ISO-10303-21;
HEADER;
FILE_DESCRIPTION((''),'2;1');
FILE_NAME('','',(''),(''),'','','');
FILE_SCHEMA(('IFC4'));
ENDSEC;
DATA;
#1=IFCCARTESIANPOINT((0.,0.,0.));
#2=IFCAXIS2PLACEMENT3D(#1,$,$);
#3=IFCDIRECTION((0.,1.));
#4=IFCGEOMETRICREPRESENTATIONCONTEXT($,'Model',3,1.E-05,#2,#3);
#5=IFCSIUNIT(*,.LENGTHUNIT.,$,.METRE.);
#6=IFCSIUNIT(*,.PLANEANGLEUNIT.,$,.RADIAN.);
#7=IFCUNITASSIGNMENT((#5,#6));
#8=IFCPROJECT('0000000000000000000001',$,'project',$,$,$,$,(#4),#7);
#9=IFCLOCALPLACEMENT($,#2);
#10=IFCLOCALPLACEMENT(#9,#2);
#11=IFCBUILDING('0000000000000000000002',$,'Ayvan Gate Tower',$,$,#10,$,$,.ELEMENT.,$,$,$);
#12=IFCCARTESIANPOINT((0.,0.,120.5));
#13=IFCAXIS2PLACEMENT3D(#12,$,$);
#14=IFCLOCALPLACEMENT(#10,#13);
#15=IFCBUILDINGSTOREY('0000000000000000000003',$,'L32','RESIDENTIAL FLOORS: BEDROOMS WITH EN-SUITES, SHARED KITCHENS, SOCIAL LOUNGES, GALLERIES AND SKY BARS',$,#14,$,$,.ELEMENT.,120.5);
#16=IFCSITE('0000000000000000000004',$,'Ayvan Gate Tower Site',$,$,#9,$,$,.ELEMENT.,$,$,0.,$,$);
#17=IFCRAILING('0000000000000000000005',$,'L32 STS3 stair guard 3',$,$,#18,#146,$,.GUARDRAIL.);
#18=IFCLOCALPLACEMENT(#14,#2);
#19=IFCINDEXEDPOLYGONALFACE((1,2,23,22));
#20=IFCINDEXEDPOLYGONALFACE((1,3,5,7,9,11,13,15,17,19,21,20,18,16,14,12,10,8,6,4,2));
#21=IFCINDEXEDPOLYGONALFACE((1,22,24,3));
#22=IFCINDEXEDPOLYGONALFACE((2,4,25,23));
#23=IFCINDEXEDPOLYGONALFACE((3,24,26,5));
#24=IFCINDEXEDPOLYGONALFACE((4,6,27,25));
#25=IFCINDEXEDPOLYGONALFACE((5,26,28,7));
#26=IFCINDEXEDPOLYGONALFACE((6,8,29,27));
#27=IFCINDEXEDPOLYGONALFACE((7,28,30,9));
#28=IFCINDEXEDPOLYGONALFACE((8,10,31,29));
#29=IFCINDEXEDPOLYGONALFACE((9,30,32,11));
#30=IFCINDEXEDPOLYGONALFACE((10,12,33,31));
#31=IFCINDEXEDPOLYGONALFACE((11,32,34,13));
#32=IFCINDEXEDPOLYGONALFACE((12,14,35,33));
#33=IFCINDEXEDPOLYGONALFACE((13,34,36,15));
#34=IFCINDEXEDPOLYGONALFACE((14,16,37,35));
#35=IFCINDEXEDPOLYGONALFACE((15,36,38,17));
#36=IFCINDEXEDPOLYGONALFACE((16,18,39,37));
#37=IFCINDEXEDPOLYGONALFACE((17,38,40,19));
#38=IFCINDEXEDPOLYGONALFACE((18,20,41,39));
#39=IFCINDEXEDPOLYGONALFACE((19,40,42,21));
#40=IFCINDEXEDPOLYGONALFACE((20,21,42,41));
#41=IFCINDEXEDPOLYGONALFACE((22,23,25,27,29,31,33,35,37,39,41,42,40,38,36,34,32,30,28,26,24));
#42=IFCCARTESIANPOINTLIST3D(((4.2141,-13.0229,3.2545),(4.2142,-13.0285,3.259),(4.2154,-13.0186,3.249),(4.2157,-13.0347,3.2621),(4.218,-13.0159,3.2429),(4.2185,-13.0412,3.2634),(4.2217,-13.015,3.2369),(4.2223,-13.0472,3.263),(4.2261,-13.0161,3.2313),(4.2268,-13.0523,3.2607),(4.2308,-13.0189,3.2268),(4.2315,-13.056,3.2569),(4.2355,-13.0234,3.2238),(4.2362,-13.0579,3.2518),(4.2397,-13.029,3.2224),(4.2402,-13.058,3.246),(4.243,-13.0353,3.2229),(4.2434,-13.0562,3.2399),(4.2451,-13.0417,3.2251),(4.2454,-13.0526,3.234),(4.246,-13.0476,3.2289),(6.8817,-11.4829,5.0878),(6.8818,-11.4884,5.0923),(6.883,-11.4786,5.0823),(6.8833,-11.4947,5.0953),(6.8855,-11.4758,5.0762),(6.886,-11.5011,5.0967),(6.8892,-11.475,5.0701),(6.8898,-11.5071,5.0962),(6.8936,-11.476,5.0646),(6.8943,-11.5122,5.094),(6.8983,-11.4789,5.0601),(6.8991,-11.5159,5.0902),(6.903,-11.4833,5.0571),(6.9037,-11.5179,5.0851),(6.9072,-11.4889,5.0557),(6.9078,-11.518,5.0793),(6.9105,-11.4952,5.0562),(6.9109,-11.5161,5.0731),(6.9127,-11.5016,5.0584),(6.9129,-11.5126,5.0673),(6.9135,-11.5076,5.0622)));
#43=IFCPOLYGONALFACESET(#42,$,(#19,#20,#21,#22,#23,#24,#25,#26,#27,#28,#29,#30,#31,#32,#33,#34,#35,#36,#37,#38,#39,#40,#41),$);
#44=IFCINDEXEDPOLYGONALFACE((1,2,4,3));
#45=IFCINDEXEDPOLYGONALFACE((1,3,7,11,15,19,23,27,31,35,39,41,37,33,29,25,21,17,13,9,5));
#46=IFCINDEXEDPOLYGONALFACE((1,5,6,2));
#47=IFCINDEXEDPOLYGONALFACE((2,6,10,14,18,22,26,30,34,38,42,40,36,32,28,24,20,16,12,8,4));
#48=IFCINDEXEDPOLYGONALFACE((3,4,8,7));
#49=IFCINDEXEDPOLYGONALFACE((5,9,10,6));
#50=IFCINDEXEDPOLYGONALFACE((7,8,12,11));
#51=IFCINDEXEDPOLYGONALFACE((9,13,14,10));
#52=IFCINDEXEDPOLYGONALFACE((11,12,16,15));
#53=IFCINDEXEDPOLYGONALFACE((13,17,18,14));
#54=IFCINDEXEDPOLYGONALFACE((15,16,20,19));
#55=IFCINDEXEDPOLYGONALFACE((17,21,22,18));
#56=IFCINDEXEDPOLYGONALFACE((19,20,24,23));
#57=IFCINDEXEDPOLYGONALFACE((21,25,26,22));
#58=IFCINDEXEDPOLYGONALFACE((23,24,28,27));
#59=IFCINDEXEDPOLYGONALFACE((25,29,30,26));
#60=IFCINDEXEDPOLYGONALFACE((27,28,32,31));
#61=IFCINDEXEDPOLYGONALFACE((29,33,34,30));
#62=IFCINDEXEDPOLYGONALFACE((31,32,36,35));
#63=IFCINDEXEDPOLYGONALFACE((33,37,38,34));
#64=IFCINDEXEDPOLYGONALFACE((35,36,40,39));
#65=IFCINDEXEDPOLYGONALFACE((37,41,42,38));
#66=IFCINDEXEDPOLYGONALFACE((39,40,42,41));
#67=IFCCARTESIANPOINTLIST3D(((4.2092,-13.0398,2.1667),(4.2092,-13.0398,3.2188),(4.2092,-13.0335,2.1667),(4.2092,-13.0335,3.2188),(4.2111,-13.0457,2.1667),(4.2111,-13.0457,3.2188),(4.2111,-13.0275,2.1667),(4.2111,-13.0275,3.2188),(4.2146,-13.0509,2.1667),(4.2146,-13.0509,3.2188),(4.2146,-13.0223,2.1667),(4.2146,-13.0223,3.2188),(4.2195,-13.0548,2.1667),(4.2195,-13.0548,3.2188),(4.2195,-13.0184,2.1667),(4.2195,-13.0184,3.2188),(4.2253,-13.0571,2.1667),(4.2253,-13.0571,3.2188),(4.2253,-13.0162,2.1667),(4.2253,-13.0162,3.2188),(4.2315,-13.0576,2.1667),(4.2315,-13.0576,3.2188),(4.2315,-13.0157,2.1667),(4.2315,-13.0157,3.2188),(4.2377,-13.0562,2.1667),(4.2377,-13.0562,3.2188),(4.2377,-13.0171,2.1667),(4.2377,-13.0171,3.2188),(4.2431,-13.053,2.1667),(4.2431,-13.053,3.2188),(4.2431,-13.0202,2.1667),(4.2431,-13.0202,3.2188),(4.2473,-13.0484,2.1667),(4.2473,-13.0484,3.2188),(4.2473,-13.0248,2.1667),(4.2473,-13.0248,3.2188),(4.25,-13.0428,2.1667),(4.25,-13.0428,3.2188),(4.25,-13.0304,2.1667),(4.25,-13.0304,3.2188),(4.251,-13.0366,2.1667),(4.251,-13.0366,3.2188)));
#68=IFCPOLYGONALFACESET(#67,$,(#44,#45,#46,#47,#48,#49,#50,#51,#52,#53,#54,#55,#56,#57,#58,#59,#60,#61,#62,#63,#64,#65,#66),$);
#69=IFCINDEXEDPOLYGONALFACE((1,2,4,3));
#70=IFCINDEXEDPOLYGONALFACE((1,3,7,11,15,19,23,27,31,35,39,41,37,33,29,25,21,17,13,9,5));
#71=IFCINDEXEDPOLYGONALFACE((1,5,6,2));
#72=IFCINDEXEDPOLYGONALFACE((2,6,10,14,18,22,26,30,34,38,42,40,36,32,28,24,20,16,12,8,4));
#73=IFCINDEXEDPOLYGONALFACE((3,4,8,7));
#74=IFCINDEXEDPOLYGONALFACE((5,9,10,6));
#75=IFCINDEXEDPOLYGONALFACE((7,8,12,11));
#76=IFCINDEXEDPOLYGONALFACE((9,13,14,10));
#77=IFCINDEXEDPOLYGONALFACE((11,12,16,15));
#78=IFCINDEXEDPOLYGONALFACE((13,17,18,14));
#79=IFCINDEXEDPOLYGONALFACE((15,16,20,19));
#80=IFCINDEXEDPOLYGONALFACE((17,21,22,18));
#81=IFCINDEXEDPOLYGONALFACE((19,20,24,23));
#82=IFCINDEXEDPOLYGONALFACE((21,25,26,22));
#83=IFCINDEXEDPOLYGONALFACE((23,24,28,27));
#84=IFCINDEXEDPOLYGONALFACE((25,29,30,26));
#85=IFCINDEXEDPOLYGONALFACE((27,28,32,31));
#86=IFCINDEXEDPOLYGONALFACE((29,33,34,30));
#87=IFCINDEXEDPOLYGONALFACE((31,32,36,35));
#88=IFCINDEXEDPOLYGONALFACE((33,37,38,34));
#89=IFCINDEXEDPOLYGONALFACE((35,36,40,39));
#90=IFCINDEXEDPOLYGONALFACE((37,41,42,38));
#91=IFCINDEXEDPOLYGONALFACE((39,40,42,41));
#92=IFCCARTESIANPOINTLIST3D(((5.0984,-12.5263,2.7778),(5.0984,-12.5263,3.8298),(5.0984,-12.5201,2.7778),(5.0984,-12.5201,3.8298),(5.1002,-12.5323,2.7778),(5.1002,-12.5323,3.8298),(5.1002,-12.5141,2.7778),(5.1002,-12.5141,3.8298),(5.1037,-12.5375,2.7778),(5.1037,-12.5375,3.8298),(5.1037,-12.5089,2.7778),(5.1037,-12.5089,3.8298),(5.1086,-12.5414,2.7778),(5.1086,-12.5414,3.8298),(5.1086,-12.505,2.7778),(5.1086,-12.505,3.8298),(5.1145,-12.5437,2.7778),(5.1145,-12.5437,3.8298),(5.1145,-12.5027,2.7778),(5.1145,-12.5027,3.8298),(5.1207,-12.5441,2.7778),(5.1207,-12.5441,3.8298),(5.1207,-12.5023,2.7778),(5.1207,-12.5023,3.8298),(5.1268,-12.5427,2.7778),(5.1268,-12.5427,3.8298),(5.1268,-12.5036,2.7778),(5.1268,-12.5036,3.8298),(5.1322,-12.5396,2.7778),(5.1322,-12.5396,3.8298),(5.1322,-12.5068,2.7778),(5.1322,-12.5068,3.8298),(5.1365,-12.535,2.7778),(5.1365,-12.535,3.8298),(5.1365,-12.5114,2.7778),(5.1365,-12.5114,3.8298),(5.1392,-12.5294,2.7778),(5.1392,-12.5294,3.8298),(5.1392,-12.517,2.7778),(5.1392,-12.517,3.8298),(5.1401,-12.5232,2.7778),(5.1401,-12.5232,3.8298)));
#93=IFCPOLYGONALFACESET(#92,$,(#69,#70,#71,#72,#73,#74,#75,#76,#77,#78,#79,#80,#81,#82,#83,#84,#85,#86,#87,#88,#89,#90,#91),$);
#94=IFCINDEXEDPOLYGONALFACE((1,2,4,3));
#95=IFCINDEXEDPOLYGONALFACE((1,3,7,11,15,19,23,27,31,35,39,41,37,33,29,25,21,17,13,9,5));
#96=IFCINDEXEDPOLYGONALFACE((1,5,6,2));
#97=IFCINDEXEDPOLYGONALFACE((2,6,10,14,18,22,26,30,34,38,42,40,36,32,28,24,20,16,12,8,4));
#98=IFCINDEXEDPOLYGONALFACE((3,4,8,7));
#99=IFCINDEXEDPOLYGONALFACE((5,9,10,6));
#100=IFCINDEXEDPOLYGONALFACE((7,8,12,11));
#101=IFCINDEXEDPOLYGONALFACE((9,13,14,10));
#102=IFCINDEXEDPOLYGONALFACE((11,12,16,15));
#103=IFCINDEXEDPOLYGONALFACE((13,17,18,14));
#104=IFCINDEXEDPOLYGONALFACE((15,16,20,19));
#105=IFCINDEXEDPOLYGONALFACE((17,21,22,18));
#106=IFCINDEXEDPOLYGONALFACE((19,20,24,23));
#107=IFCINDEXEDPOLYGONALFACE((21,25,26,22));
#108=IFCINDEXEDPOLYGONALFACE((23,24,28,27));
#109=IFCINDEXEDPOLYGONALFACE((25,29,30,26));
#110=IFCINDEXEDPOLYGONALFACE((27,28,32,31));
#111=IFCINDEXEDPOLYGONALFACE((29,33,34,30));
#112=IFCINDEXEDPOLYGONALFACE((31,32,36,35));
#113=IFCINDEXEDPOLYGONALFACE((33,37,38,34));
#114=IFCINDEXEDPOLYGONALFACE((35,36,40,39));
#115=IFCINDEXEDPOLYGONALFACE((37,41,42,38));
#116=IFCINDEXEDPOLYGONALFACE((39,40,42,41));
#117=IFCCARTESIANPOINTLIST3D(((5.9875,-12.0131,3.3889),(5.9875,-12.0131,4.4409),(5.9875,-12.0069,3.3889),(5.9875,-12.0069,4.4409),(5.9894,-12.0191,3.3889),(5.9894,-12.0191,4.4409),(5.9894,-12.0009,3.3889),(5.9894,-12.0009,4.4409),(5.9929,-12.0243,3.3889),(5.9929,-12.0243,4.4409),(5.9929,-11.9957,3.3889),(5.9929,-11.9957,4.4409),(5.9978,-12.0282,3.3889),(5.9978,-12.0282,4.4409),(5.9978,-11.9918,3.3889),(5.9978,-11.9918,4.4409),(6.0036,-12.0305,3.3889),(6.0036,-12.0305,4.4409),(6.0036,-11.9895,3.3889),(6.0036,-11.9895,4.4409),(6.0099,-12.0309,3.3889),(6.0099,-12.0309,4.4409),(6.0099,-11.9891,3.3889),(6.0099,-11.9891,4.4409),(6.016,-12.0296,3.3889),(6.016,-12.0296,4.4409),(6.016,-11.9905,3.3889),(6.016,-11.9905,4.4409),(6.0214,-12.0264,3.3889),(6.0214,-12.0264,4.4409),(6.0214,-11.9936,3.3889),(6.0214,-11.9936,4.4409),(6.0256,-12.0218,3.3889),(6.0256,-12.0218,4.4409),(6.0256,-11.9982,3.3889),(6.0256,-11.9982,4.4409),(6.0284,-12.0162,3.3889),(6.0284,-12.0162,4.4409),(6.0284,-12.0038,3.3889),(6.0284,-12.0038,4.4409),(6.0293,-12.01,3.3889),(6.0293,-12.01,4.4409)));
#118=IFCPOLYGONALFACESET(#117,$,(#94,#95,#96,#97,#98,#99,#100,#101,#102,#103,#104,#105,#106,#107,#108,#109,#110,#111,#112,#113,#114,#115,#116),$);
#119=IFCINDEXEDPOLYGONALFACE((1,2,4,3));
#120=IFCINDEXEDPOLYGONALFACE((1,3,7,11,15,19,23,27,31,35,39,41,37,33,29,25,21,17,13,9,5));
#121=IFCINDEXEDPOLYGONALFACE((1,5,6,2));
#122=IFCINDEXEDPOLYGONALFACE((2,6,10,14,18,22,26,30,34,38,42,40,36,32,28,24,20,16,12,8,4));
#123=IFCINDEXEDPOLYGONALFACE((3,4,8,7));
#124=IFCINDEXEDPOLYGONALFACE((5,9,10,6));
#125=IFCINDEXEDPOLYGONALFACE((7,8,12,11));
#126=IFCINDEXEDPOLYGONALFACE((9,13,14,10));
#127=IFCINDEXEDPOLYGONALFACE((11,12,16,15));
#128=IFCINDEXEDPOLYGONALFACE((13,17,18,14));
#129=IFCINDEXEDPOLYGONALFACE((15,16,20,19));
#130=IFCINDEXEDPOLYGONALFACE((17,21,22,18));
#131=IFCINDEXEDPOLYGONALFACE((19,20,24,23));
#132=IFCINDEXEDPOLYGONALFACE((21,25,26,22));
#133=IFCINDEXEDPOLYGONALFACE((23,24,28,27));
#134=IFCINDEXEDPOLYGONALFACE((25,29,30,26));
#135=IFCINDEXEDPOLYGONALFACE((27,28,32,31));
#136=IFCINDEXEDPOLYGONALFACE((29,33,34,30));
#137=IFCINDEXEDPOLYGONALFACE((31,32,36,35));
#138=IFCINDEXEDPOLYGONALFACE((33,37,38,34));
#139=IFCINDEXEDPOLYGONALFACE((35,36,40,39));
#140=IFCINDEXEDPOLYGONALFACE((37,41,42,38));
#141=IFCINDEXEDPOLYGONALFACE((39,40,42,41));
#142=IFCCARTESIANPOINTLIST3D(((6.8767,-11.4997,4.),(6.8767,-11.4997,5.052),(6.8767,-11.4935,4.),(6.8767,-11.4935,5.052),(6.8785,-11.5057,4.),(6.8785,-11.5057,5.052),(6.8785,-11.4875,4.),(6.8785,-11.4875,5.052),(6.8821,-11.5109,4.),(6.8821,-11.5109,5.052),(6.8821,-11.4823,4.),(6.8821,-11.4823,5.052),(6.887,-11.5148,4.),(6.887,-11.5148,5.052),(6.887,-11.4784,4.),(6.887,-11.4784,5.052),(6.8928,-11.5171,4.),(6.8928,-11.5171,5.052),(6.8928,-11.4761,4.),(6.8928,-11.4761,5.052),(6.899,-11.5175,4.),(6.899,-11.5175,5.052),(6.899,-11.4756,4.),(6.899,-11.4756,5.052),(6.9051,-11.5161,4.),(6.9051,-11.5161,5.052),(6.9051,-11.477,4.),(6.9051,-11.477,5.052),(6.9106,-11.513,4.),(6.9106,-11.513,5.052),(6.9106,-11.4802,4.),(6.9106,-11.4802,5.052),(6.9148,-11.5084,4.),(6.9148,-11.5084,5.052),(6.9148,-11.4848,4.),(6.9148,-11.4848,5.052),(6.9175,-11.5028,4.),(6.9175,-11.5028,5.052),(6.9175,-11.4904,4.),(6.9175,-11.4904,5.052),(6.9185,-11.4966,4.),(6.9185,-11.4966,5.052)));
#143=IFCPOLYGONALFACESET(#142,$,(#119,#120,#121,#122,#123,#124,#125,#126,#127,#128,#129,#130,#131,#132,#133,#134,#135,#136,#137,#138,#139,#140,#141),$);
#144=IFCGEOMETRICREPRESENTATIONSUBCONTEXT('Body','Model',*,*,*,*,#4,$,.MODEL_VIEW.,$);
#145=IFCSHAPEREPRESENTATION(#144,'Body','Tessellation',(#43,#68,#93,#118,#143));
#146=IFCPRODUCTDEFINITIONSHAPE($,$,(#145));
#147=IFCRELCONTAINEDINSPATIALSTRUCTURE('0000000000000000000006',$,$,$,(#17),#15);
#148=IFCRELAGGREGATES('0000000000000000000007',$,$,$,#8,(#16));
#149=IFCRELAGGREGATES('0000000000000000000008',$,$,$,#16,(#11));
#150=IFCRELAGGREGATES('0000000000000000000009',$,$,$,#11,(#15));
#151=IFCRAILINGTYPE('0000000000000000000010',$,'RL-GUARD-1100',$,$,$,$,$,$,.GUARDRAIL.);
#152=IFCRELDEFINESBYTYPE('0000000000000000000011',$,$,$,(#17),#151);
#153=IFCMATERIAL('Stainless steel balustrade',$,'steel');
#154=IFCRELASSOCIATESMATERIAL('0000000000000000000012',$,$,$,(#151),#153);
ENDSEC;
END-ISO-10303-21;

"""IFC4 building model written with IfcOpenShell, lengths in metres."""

from ifc_helpers import new_model, si_unit, direction, frame, origin, origin_2d, place, context, subcontext, project, spatial, circle, extrude, material, type_object, element, save


model = new_model("IFC4")

# Units and contexts
model_context = context("Model", 3, precision=1e-05, world=origin(), true_north=direction((0.0, 1.0)))
body_context = subcontext(model_context, "Body", "Model", "MODEL_VIEW")
ifc_project = project(units=[si_unit("LENGTHUNIT", "METRE"), si_unit("PLANEANGLEUNIT", "RADIAN")], contexts=[model_context])

# Site, building, storey
site_placement = place(None, origin())
site = spatial("IfcSite", under=ifc_project, at=site_placement, Name="Ayvan Gate Tower Site", CompositionType="ELEMENT", RefElevation=0.0)
building_placement = place(site_placement, origin())
building = spatial("IfcBuilding", under=site, at=building_placement, Name="Ayvan Gate Tower", CompositionType="ELEMENT")
storey_placement = place(building_placement, frame((0.0, 0.0, 120.5)))
storey = spatial("IfcBuildingStorey", under=building, at=storey_placement, Name="L32", Description="RESIDENTIAL FLOORS: BEDROOMS WITH EN-SUITES, SHARED KITCHENS, SOCIAL LOUNGES, GALLERIES AND SKY BARS", CompositionType="ELEMENT", Elevation=120.5)

# Railing
ifc_material_1 = material(Name="Stainless steel balustrade", Category="steel")
railing_type_1 = type_object("IfcRailingType", Name="RL-GUARD-1100", PredefinedType="GUARDRAIL", material=ifc_material_1)
railing_1_placement = place(storey_placement, frame((4.23, -13.0366, 2.1667)))
element("IfcRailing", 1, at=railing_1_placement, inside=storey, type_object=railing_type_1, Name="L32 STS3 stair guard 3", PredefinedType="GUARDRAIL", context=body_context, shape_type="SweptSolid", body=[
    extrude(circle(Radius=0.0239, at=origin_2d()), frame((0.0, 0.0, 1.0762), z_axis=(0.74419, 0.429649, 0.511452), x_axis=(-0.499992, 0.86603, 0.0)), (0.0, 0.0, 1.0), 3.5845),
    extrude(circle(Radius=0.021, at=origin_2d()), origin(), (0.0, 0.0, 1.0), 1.052),
    extrude(circle(Radius=0.021, at=origin_2d()), frame((0.8892, 0.5134, 0.6111)), (0.0, 0.0, 1.0), 1.052),
    extrude(circle(Radius=0.021, at=origin_2d()), frame((1.7783, 1.0266, 1.2222)), (0.0, 0.0, 1.0), 1.052),
    extrude(circle(Radius=0.021, at=origin_2d()), frame((2.6675, 1.54, 1.8333)), (0.0, 0.0, 1.0), 1.052),
])

save(model, "model.ifc")
